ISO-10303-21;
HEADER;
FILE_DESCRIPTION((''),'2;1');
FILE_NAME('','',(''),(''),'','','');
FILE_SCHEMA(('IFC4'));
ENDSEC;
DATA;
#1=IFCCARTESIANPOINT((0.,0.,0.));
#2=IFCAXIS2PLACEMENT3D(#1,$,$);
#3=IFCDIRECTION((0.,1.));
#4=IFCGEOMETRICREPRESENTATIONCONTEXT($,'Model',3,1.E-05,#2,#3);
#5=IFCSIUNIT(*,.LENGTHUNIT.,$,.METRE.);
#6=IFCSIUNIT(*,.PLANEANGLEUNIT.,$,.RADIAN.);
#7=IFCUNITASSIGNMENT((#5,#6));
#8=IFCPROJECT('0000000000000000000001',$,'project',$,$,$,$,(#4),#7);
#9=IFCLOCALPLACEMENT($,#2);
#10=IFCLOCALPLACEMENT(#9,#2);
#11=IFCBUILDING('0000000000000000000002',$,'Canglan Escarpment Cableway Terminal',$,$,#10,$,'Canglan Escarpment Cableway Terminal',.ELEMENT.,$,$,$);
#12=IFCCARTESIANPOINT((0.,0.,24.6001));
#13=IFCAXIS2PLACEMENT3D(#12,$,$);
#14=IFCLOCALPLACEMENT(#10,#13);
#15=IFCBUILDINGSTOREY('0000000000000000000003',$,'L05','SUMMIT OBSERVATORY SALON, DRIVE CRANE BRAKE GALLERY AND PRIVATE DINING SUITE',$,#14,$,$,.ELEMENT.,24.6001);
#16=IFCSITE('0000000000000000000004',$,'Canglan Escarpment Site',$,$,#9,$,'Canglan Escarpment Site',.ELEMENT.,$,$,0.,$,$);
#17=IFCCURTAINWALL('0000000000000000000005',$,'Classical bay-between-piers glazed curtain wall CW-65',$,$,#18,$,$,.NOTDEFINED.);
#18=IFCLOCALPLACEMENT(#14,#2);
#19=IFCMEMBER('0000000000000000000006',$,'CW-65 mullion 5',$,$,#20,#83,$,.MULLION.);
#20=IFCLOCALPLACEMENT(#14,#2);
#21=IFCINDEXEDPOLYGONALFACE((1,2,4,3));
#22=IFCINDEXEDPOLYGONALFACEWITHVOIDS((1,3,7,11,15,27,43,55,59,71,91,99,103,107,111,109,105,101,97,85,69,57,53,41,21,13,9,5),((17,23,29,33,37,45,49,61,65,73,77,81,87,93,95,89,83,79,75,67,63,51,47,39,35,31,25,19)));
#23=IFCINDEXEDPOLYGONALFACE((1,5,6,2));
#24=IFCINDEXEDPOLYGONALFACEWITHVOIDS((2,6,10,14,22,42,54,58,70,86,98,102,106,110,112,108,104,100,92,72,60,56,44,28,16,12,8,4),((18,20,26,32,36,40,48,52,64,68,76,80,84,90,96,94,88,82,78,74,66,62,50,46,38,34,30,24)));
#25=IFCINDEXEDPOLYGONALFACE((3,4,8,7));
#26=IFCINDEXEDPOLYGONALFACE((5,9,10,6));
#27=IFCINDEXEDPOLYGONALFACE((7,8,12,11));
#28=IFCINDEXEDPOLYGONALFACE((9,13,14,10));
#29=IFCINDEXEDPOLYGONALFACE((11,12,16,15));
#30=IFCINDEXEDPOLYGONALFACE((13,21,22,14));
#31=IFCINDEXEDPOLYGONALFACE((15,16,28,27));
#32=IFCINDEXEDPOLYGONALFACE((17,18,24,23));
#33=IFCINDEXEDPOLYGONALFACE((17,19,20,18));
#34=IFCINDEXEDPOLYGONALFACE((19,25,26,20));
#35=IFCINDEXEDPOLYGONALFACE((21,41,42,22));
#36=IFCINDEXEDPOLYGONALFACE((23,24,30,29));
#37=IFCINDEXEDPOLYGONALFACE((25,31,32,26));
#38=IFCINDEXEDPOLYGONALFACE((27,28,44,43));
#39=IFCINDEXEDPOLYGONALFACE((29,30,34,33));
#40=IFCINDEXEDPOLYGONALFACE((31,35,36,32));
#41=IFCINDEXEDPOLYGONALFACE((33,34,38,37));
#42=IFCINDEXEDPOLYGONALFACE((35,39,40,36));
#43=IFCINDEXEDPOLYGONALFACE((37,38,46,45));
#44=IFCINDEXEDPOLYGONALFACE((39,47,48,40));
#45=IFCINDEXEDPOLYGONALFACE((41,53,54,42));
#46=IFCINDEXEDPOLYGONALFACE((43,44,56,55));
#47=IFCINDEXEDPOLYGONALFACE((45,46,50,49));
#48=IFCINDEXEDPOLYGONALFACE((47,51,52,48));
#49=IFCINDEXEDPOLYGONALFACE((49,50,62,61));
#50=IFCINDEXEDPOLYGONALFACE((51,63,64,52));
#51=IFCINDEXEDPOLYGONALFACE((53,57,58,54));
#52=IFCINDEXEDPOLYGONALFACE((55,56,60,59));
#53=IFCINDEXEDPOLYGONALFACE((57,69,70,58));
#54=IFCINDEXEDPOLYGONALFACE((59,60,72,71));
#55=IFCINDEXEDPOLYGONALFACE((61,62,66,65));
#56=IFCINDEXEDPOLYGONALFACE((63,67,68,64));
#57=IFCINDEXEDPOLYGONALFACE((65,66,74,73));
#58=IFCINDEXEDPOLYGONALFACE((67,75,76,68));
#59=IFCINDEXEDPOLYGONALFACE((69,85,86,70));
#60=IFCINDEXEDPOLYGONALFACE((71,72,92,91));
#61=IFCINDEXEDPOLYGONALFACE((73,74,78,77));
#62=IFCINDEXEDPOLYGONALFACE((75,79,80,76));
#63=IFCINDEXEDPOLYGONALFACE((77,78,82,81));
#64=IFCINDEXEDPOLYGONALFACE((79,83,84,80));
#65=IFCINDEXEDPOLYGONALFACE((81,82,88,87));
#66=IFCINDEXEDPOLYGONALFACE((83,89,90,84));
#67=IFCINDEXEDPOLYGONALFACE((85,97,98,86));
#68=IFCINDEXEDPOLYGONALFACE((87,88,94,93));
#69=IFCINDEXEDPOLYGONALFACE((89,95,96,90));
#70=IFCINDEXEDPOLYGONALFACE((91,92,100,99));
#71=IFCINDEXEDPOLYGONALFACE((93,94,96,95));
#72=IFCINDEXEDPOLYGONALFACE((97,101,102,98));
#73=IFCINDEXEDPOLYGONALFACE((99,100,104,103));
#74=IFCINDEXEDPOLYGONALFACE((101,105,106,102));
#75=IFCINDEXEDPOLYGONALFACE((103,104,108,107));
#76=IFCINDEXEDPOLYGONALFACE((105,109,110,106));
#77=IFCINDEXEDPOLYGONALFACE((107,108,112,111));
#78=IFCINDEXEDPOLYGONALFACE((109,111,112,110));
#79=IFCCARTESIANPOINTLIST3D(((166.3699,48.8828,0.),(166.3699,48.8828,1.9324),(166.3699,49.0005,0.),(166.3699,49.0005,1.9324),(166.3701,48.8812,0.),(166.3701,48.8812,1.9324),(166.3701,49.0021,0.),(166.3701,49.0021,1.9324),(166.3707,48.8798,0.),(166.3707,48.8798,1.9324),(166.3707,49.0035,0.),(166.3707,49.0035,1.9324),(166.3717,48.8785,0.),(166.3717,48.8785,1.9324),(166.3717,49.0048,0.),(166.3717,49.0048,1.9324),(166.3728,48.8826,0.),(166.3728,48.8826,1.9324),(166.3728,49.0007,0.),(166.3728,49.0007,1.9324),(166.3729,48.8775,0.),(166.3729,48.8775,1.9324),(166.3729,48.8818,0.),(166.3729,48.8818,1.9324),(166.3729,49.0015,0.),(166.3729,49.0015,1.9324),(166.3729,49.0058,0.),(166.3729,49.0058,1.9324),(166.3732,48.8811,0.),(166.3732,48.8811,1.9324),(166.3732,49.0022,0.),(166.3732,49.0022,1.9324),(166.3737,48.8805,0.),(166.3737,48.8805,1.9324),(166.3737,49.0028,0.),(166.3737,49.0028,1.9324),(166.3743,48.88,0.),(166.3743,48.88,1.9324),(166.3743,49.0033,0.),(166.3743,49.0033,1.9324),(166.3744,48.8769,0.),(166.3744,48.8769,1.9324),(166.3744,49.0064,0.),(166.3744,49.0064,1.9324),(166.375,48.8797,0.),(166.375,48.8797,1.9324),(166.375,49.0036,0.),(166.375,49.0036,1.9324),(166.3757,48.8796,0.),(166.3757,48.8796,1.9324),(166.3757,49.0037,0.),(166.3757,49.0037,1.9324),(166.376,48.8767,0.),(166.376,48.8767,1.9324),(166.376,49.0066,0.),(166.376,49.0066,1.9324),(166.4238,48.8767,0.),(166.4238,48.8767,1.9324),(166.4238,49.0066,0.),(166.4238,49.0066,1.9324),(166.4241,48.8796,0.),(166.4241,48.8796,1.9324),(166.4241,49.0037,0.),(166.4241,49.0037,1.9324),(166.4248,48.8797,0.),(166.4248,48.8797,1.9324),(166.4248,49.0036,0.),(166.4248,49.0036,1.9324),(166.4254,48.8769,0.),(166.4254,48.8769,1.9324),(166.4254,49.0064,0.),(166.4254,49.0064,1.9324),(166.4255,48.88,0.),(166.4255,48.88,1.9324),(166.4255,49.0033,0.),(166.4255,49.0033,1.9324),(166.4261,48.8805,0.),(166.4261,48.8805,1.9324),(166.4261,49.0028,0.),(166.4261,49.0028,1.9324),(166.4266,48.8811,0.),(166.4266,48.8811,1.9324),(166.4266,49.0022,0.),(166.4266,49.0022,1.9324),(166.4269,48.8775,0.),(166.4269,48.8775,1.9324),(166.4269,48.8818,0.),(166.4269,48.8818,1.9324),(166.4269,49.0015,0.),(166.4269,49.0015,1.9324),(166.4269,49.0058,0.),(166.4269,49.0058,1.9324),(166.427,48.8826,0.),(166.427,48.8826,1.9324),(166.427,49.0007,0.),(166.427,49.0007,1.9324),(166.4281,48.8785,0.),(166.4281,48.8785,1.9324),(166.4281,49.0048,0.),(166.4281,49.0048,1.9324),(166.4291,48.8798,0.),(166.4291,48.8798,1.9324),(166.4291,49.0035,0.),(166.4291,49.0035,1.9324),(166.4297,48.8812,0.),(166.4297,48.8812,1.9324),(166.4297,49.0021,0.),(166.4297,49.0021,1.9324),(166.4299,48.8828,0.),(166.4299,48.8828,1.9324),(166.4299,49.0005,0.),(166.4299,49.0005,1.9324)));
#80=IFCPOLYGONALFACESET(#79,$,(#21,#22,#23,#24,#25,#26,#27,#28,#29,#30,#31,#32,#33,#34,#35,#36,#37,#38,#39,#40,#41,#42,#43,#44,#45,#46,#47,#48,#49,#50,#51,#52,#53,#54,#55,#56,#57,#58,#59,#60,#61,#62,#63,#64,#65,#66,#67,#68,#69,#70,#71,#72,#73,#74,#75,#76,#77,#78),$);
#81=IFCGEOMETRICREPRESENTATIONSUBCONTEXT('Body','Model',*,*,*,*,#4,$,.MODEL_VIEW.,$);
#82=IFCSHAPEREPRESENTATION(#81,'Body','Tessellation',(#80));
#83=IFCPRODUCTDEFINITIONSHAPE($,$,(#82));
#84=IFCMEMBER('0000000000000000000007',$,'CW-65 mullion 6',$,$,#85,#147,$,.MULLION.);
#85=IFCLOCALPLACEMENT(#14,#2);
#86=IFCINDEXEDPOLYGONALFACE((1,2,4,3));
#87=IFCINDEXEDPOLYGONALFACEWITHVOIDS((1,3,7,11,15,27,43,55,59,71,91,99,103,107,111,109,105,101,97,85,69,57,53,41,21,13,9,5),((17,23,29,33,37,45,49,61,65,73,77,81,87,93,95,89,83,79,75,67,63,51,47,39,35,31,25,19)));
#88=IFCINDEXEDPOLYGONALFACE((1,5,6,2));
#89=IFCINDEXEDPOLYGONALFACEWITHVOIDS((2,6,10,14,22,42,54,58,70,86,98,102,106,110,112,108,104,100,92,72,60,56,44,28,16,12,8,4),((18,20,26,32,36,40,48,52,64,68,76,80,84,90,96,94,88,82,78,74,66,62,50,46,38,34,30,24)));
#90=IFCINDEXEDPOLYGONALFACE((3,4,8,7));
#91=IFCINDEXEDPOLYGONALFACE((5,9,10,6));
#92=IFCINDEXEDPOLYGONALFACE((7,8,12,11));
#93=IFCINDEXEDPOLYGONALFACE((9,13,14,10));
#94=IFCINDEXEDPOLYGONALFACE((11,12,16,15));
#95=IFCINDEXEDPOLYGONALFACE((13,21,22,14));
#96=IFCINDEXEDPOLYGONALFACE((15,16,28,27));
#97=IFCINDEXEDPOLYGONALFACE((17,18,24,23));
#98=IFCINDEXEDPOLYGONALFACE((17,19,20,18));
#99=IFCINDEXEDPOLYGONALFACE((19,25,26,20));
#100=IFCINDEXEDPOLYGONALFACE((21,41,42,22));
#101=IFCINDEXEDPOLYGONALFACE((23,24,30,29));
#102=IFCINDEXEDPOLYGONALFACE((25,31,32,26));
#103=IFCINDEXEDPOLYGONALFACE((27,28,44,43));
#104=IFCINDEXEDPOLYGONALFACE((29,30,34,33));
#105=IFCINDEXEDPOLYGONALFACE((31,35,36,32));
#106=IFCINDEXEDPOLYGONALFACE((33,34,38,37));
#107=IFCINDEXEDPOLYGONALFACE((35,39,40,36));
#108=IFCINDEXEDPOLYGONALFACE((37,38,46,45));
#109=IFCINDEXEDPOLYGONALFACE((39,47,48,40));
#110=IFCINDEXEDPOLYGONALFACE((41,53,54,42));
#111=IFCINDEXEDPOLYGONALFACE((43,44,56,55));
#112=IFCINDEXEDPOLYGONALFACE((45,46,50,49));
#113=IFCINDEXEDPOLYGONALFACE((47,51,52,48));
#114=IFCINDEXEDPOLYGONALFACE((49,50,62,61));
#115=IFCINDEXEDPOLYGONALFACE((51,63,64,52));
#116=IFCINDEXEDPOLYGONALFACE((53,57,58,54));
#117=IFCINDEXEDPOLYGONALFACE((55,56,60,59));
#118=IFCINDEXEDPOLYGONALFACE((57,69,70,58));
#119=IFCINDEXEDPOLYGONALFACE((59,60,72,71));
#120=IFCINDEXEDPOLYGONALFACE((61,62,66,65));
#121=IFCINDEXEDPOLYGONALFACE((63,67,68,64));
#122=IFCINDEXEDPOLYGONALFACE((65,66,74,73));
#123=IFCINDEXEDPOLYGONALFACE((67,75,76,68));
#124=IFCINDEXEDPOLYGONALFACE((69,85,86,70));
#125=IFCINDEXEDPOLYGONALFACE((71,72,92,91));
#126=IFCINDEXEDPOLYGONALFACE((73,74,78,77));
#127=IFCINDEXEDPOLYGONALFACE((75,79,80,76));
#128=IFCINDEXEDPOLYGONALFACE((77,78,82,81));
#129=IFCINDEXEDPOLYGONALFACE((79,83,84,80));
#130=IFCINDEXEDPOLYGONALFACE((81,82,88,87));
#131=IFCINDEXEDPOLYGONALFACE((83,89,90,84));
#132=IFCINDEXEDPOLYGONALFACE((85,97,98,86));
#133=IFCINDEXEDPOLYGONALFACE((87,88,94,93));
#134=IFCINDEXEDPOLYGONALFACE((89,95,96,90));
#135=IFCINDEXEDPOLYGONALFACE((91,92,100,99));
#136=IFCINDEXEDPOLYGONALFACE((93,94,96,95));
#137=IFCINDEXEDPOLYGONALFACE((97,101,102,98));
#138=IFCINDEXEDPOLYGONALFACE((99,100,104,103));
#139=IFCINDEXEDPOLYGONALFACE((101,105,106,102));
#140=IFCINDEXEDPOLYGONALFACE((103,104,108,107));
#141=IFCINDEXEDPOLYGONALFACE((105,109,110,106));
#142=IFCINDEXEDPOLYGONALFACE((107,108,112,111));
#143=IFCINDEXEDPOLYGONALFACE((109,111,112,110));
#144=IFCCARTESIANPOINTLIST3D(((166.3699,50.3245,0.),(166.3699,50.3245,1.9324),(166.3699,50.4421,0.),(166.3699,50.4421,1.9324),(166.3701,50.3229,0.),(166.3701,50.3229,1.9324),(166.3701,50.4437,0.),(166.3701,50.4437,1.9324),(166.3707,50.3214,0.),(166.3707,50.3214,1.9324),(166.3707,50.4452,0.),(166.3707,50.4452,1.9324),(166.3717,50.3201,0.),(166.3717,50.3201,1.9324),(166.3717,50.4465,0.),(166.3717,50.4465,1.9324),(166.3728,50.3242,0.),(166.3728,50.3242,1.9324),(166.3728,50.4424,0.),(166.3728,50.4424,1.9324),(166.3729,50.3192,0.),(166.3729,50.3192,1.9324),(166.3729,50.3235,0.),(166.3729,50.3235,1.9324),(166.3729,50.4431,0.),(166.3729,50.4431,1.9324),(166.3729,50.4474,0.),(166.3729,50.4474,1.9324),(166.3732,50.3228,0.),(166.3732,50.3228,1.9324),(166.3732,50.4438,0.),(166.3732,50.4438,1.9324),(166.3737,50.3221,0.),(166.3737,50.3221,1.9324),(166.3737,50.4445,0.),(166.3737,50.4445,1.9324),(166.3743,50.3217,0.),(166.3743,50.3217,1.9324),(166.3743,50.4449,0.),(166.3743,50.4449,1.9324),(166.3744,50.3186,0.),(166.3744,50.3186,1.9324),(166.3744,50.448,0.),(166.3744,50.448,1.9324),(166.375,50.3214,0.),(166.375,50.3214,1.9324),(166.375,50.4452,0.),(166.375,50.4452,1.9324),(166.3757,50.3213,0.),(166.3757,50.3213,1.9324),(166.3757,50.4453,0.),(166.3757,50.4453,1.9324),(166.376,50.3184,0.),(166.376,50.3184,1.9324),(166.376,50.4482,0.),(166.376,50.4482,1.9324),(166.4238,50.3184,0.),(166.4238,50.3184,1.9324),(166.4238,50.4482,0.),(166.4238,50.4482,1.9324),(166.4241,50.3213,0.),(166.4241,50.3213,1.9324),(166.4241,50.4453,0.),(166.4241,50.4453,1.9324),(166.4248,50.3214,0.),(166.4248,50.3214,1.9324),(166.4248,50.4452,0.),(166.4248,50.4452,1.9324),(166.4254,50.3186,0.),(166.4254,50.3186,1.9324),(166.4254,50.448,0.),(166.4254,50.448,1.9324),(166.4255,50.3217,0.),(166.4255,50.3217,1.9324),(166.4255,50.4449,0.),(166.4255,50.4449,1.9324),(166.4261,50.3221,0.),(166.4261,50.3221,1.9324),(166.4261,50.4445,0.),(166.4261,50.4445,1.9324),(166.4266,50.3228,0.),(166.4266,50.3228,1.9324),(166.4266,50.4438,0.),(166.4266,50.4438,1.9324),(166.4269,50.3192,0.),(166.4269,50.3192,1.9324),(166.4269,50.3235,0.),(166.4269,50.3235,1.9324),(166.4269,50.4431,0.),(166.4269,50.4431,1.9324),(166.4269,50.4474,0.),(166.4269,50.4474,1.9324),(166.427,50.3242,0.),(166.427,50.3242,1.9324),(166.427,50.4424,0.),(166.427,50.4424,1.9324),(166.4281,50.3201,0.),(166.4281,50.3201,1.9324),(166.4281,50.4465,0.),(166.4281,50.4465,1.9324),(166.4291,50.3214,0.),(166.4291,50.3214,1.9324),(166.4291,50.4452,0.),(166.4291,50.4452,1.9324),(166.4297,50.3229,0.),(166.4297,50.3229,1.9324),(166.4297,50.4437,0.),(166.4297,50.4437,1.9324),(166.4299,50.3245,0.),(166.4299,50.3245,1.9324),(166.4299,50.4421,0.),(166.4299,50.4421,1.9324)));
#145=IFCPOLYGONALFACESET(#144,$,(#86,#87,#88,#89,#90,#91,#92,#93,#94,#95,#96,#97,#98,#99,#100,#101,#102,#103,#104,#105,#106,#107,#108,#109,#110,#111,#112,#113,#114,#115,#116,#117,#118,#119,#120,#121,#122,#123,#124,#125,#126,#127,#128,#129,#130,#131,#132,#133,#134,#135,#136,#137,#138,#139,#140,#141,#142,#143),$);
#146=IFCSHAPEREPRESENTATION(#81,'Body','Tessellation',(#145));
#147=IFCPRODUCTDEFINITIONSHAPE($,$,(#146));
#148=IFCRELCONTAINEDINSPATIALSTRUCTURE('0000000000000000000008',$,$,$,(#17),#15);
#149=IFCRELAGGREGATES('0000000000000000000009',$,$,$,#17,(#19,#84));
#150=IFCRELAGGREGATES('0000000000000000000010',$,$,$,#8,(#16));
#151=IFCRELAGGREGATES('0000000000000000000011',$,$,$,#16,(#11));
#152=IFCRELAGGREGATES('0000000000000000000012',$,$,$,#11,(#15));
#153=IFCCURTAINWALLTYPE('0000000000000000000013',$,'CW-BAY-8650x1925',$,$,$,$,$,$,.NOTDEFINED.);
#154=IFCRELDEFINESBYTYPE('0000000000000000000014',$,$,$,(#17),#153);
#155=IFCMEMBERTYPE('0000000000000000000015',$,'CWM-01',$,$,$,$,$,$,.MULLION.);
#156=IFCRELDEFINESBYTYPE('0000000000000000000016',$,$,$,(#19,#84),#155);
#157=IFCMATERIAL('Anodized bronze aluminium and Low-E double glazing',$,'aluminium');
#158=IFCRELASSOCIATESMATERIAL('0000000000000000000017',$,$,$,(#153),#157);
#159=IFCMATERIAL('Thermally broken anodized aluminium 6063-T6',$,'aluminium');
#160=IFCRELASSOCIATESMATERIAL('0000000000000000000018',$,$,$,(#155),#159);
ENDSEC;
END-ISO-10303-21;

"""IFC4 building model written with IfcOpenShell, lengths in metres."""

from ifc_helpers import new_model, si_unit, direction, frame, origin, origin_2d, place, context, subcontext, project, spatial, hollow_rectangle, extrude, material, material_profile, profile_set, type_object, element, aggregate, save


model = new_model("IFC4")

# Units and contexts
model_context = context("Model", 3, precision=1e-05, world=origin(), true_north=direction((0.0, 1.0)))
body_context = subcontext(model_context, "Body", "Model", "MODEL_VIEW")
ifc_project = project(units=[si_unit("LENGTHUNIT", "METRE"), si_unit("PLANEANGLEUNIT", "RADIAN")], contexts=[model_context])

# Site, building, storey
site_placement = place(None, origin())
site = spatial("IfcSite", under=ifc_project, at=site_placement, Name="Canglan Escarpment Site", LongName="Canglan Escarpment Site", CompositionType="ELEMENT", RefElevation=0.0)
building_placement = place(site_placement, origin())
building = spatial("IfcBuilding", under=site, at=building_placement, Name="Canglan Escarpment Cableway Terminal", LongName="Canglan Escarpment Cableway Terminal", CompositionType="ELEMENT")
storey_placement = place(building_placement, frame((0.0, 0.0, 24.6001)))
storey = spatial("IfcBuildingStorey", under=building, at=storey_placement, Name="L05", Description="SUMMIT OBSERVATORY SALON, DRIVE CRANE BRAKE GALLERY AND PRIVATE DINING SUITE", CompositionType="ELEMENT", Elevation=24.6001)

# Curtain wall, members
ifc_material_1 = material(Name="Anodized bronze aluminium and Low-E double glazing", Category="aluminium")
curtain_wall_type = type_object("IfcCurtainWallType", Name="CW-BAY-8650x1925", PredefinedType="NOTDEFINED", material=ifc_material_1)
curtain_wall_placement = place(storey_placement, origin())
curtain_wall = element("IfcCurtainWall", 1, at=curtain_wall_placement, inside=storey, type_object=curtain_wall_type, Name="Classical bay-between-piers glazed curtain wall CW-65", PredefinedType="NOTDEFINED")
ifc_material_2 = material(Name="Thermally broken anodized aluminium 6063-T6", Category="aluminium")
ifc_material_profile_1 = material_profile(ifc_material_2, hollow_rectangle(XDim=0.0601, YDim=0.1299, WallThickness=0.0029, InnerFilletRadius=0.0029, OuterFilletRadius=0.0061, at=origin_2d()), Name="ALU-MULL 60x130x3")
ifc_profile_set_1 = profile_set([ifc_material_profile_1], Name="Thermally broken anodized aluminium 6063-T6")
member_type_1 = type_object("IfcMemberType", Name="CWM-01", PredefinedType="MULLION", material=ifc_profile_set_1)
member_1_placement = place(storey_placement, frame((166.3999, 48.9417, 0.0), z_axis=(0.0, 0.0, 1.0), x_axis=(-1.0, 0.0, 0.0)))
member_1 = element("IfcMember", 2, at=member_1_placement, type_object=member_type_1, Name="CW-65 mullion 5", PredefinedType="MULLION", context=body_context, shape_type="SweptSolid", body=[
    extrude(hollow_rectangle(XDim=0.0601, YDim=0.1299, WallThickness=0.0029, InnerFilletRadius=0.0029, OuterFilletRadius=0.0061, at=origin_2d()), origin(), (0.0, 0.0, 1.0), 1.9324),
])
member_2_placement = place(storey_placement, frame((166.3999, 50.3833, 0.0), z_axis=(0.0, 0.0, 1.0), x_axis=(-1.0, 0.0, 0.0)))
member_2 = element("IfcMember", 3, at=member_2_placement, type_object=member_type_1, Name="CW-65 mullion 6", PredefinedType="MULLION", context=body_context, shape_type="SweptSolid", body=[
    extrude(hollow_rectangle(XDim=0.0601, YDim=0.1299, WallThickness=0.0029, InnerFilletRadius=0.0029, OuterFilletRadius=0.0061, at=origin_2d()), origin(), (0.0, 0.0, 1.0), 1.9324),
])

aggregate(curtain_wall, [member_1, member_2])

save(model, "model.ifc")
